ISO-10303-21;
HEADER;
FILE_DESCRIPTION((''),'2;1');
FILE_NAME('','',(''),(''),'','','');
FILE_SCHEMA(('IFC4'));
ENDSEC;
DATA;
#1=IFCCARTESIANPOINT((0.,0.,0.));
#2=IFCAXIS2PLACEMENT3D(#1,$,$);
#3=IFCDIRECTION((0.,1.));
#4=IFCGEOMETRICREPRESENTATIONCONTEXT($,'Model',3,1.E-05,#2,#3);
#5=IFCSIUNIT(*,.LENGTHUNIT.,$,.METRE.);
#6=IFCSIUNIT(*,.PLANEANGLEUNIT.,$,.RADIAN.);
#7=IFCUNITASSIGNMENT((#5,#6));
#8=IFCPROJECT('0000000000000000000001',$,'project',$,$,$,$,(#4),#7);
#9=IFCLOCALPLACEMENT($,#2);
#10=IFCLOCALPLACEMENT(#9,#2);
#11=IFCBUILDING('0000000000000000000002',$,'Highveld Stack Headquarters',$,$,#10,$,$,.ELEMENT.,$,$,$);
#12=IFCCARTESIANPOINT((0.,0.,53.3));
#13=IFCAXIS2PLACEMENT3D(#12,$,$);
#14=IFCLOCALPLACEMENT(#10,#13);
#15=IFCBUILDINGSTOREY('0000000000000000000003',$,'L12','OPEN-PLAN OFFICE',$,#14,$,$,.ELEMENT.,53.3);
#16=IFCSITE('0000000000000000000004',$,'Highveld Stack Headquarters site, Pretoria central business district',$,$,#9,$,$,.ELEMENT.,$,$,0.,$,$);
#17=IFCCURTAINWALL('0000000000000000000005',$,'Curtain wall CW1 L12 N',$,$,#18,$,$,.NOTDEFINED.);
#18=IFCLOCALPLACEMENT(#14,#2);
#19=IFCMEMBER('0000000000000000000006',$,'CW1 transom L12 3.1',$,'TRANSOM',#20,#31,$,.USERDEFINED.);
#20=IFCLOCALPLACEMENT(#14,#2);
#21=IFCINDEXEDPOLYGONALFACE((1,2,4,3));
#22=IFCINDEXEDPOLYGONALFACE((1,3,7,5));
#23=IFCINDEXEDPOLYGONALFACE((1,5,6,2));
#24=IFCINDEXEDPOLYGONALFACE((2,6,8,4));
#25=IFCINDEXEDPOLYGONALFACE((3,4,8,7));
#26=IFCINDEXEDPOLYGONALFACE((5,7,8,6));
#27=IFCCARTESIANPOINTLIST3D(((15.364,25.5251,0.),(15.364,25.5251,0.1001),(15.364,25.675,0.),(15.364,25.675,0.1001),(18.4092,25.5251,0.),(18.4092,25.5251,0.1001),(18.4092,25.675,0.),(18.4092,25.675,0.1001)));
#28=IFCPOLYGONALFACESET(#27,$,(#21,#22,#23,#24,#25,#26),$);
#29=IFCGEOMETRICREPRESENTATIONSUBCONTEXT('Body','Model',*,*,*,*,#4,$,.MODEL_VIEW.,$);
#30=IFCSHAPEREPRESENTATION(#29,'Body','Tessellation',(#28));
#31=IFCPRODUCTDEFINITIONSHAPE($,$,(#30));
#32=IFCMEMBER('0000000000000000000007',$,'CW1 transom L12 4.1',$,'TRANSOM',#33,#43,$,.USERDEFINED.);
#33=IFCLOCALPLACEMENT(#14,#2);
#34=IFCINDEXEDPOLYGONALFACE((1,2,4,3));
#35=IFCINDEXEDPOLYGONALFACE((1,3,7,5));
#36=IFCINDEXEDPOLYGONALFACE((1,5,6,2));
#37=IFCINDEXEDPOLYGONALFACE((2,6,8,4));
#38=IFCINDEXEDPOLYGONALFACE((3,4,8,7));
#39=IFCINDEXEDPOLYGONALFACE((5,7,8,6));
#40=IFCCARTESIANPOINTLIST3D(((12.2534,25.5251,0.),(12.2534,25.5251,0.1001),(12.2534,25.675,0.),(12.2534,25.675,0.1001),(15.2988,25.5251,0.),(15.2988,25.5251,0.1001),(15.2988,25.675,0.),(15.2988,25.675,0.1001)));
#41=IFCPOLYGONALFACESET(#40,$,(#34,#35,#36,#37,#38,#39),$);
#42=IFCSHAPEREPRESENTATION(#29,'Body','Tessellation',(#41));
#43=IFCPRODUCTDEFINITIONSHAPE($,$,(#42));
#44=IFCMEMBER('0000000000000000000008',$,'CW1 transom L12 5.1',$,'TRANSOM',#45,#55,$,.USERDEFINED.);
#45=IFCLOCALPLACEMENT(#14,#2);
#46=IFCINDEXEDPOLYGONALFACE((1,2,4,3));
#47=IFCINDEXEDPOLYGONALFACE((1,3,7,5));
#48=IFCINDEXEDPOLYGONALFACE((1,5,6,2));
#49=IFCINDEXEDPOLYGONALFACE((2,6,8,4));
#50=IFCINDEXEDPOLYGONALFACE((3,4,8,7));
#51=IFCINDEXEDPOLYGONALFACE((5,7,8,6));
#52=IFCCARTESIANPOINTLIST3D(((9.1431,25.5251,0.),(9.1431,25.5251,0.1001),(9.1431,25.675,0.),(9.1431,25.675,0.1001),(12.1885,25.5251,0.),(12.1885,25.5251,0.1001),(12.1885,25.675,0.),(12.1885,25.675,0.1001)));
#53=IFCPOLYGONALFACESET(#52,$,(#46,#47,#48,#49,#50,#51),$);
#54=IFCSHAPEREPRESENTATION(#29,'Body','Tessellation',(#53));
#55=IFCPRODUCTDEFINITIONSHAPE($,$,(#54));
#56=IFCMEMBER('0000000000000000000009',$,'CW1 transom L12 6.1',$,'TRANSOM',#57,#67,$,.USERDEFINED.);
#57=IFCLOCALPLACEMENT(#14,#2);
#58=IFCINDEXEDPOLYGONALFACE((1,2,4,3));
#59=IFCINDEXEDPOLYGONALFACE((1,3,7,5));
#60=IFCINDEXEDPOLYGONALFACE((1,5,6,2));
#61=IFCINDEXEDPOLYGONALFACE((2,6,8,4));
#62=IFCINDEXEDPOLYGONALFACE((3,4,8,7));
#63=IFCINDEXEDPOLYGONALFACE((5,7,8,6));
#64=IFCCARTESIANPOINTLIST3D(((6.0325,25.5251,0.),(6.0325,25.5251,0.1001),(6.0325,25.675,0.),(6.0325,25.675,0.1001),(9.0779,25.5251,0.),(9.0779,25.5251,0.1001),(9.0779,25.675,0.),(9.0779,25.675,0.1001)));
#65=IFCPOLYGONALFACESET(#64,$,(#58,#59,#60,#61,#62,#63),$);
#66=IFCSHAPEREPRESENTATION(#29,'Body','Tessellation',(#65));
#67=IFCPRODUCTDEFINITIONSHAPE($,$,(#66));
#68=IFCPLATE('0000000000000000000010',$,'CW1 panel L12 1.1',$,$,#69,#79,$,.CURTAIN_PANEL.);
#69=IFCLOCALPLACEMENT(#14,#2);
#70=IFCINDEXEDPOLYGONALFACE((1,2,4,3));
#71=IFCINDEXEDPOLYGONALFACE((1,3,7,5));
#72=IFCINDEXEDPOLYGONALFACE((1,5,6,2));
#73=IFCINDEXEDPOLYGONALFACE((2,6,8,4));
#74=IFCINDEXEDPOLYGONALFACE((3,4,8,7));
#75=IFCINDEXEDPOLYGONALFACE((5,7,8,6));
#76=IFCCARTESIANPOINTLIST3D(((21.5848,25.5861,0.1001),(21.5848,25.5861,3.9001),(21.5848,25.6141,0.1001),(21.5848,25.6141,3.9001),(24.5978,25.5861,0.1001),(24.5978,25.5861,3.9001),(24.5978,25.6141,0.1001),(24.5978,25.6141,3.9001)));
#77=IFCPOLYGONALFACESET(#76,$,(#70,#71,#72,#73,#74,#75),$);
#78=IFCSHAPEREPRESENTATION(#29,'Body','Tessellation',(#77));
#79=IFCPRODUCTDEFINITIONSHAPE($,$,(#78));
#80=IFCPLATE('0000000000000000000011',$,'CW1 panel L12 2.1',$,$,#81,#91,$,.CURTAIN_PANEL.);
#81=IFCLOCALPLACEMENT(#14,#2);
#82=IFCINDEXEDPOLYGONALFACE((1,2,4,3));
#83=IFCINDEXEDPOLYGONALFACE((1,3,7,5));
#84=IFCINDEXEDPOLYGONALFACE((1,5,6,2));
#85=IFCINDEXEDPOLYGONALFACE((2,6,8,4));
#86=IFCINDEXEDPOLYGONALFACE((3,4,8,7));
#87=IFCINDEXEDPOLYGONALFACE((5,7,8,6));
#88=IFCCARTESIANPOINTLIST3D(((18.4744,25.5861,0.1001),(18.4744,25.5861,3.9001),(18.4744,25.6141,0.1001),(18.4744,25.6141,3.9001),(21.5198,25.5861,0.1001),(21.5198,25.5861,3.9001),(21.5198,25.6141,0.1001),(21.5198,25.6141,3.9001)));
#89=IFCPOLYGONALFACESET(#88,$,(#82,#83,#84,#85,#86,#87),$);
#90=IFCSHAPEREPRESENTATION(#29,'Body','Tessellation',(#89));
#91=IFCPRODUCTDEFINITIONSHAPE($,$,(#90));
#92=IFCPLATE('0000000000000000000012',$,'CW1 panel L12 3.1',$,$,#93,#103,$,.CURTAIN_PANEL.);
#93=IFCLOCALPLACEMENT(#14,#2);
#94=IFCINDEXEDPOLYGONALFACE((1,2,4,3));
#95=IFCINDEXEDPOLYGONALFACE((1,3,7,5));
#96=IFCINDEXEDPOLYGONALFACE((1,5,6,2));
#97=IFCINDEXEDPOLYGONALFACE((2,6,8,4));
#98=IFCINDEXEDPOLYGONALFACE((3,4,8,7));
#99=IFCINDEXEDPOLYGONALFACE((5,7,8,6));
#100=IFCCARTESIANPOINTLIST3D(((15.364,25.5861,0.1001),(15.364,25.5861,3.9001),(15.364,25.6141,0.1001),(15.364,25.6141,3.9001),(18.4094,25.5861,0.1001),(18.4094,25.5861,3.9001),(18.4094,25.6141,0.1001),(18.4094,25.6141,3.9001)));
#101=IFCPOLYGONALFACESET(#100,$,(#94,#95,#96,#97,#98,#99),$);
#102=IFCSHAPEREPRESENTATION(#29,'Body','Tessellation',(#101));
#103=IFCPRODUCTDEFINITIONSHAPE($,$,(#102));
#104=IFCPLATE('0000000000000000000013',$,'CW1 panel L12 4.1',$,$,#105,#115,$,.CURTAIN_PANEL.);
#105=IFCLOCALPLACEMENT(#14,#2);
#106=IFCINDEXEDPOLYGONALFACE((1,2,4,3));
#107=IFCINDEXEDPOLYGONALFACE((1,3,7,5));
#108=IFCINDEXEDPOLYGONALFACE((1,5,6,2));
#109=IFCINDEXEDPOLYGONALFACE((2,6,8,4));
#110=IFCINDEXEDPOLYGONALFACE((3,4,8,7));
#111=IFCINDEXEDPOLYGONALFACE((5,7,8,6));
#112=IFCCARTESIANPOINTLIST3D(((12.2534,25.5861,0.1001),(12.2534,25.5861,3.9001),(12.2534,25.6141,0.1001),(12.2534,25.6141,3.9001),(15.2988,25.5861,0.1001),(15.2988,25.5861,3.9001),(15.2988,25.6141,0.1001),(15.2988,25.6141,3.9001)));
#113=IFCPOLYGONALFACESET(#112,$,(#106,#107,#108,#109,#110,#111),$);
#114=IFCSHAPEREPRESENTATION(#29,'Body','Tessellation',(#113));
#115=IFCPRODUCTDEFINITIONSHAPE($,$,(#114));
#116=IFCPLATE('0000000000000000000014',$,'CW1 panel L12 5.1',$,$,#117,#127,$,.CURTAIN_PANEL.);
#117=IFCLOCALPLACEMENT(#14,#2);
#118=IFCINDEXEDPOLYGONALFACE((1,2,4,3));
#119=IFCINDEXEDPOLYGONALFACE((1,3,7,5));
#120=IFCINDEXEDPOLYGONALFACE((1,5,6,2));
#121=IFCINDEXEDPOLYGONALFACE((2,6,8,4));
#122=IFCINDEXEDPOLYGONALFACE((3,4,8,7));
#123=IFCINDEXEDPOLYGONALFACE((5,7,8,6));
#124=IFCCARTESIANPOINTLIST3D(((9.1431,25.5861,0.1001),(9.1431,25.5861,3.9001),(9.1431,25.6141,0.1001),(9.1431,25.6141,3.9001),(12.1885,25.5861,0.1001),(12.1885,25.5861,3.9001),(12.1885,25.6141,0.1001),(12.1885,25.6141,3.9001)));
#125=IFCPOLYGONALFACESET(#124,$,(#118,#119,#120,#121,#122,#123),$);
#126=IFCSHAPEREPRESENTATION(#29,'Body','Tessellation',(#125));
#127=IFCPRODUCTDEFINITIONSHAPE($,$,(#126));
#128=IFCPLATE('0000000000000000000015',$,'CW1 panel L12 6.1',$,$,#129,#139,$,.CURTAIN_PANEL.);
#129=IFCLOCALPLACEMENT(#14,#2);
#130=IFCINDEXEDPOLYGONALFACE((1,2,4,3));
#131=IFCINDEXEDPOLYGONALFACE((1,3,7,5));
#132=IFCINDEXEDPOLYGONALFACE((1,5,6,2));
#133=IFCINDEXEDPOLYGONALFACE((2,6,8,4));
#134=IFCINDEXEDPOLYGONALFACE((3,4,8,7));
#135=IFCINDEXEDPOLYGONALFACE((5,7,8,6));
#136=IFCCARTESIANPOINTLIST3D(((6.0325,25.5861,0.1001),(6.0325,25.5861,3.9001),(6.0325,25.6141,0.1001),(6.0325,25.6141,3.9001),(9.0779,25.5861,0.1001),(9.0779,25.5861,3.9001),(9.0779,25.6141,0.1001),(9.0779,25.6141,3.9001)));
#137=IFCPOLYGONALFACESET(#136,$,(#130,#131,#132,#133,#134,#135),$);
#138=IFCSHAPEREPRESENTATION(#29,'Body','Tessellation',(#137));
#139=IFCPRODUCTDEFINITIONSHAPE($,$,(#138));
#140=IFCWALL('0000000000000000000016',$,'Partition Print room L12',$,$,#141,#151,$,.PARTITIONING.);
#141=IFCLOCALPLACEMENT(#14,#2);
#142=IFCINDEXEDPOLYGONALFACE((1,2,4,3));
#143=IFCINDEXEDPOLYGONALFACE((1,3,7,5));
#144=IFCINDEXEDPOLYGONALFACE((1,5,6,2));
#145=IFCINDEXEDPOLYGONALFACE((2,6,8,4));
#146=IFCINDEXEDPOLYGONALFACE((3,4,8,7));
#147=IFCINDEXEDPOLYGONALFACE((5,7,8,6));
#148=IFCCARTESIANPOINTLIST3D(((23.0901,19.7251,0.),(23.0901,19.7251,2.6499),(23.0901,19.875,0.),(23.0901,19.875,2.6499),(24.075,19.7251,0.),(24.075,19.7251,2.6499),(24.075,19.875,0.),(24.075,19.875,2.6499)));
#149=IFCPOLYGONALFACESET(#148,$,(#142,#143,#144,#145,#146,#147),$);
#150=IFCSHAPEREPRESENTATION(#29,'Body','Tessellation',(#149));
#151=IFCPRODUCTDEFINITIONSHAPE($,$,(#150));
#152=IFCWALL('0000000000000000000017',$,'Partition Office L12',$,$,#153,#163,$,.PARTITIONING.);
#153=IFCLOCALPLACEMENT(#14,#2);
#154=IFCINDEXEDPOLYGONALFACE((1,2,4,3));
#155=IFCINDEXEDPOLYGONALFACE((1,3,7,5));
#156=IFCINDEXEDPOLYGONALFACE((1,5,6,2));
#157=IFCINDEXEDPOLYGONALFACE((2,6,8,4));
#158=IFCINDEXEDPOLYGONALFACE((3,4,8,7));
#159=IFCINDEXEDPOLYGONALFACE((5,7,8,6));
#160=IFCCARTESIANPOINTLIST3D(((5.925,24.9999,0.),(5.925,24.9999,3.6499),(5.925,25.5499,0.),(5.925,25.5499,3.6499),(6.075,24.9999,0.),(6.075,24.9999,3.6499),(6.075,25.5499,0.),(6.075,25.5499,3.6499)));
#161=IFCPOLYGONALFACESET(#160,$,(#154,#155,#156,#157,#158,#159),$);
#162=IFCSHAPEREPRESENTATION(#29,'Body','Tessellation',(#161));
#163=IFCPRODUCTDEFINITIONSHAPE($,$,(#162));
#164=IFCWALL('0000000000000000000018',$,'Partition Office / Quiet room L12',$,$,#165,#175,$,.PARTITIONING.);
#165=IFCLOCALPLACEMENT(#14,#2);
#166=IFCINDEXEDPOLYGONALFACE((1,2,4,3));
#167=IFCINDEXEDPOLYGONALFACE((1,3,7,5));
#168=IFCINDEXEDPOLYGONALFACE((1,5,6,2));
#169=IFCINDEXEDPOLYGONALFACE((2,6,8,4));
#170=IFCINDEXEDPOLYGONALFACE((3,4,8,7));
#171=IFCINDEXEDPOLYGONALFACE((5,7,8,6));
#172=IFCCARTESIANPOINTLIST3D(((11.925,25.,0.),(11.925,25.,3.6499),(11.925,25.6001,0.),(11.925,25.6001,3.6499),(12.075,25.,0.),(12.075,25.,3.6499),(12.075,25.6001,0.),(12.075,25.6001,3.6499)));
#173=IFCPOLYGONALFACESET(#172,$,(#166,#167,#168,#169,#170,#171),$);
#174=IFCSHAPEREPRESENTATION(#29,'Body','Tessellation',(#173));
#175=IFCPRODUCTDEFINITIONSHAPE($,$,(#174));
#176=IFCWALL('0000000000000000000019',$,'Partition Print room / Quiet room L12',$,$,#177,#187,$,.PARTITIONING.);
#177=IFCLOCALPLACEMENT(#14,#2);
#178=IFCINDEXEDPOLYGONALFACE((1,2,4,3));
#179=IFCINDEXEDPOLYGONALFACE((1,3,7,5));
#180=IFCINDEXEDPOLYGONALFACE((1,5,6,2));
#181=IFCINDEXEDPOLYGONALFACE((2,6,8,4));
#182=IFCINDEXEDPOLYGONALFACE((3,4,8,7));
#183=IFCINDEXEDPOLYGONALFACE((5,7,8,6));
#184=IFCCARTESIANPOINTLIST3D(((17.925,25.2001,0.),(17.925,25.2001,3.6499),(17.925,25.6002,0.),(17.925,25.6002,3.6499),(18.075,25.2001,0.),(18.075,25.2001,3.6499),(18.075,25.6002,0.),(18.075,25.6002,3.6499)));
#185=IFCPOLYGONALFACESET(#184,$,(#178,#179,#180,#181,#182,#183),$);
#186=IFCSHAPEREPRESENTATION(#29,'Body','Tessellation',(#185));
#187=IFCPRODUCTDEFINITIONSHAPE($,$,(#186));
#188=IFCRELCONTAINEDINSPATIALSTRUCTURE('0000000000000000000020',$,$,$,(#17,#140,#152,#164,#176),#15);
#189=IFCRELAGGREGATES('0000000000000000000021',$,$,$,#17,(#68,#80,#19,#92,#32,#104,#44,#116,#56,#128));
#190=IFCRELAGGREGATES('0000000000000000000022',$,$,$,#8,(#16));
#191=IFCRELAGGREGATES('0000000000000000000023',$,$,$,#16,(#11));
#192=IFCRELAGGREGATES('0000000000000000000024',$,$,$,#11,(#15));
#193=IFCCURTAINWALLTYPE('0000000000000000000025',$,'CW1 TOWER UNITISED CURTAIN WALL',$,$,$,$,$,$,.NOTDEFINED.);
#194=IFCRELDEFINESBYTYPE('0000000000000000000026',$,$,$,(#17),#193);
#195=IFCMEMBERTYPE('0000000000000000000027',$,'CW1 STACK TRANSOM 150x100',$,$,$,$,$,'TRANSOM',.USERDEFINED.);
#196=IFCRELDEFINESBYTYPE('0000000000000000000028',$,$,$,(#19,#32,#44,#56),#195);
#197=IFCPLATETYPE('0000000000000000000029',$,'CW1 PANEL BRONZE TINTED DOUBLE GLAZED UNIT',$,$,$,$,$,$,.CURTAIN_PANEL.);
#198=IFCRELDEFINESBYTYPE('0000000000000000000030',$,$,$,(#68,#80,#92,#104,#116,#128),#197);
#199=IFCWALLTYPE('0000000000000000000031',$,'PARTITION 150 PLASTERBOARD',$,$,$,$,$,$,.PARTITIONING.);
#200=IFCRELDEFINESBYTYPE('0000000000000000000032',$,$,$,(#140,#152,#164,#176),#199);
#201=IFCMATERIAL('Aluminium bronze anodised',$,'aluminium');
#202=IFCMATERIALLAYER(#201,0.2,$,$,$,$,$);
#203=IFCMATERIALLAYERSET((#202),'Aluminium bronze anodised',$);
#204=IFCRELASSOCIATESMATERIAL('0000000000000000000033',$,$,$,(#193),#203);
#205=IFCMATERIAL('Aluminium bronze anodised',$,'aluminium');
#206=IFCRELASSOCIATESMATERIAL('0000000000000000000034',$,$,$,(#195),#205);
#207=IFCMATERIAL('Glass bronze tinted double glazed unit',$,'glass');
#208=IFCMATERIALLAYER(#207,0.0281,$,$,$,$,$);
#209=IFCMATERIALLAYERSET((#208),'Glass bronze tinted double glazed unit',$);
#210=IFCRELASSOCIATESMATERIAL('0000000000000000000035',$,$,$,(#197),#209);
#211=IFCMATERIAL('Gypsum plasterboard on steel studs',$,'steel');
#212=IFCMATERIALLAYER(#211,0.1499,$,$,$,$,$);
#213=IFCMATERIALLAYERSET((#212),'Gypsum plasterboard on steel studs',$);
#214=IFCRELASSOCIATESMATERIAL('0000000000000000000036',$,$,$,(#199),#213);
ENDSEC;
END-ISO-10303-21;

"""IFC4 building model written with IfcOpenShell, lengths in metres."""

from ifc_helpers import new_model, si_unit, direction, frame, frame_2d, origin, origin_2d, place, context, subcontext, project, spatial, rectangle, extrude, material, layer, layer_set, material_profile, profile_set, type_object, element, aggregate, save


model = new_model("IFC4")

# Units and contexts
model_context = context("Model", 3, precision=1e-05, world=origin(), true_north=direction((0.0, 1.0)))
body_context = subcontext(model_context, "Body", "Model", "MODEL_VIEW")
ifc_project = project(units=[si_unit("LENGTHUNIT", "METRE"), si_unit("PLANEANGLEUNIT", "RADIAN")], contexts=[model_context])

# Site, building, storey
site_placement = place(None, origin())
site = spatial("IfcSite", under=ifc_project, at=site_placement, Name="Highveld Stack Headquarters site, Pretoria central business district", CompositionType="ELEMENT", RefElevation=0.0)
building_placement = place(site_placement, origin())
building = spatial("IfcBuilding", under=site, at=building_placement, Name="Highveld Stack Headquarters", CompositionType="ELEMENT")
storey_placement = place(building_placement, frame((0.0, 0.0, 53.3)))
storey = spatial("IfcBuildingStorey", under=building, at=storey_placement, Name="L12", Description="OPEN-PLAN OFFICE", CompositionType="ELEMENT", Elevation=53.3)

# Curtain wall, members, plates
ifc_material_1 = material(Name="Aluminium bronze anodised", Category="aluminium")
ifc_layer_1 = layer(ifc_material_1, 0.2)
ifc_layer_set_1 = layer_set([ifc_layer_1], Name="Aluminium bronze anodised")
curtain_wall_type = type_object("IfcCurtainWallType", Name="CW1 TOWER UNITISED CURTAIN WALL", PredefinedType="NOTDEFINED", material=ifc_layer_set_1)
curtain_wall_placement = place(storey_placement, origin())
curtain_wall = element("IfcCurtainWall", 1, at=curtain_wall_placement, inside=storey, type_object=curtain_wall_type, Name="Curtain wall CW1 L12 N", PredefinedType="NOTDEFINED")
ifc_material_2 = material(Name="Aluminium bronze anodised", Category="aluminium")
ifc_material_profile_1 = material_profile(ifc_material_2, rectangle(XDim=0.1499, YDim=0.1001, at=origin_2d()), Name="CW1 TRANSOM 150x100")
ifc_profile_set_1 = profile_set([ifc_material_profile_1], Name="Aluminium bronze anodised")
member_type_1 = type_object("IfcMemberType", Name="CW1 STACK TRANSOM 150x100", ElementType="TRANSOM", PredefinedType="USERDEFINED", material=ifc_profile_set_1)
member_1_placement = place(storey_placement, frame((18.4092, 25.6001, 0.05), z_axis=(-1.0, 0.0, 0.0), x_axis=(0.0, -1.0, 0.0)))
member_1 = element("IfcMember", 2, at=member_1_placement, type_object=member_type_1, Name="CW1 transom L12 3.1", ObjectType="TRANSOM", PredefinedType="USERDEFINED", context=body_context, shape_type="SweptSolid", body=[
    extrude(rectangle(XDim=0.1499, YDim=0.1001, at=origin_2d()), origin(), (0.0, 0.0, 1.0), 3.0452),
])
member_2_placement = place(storey_placement, frame((15.2988, 25.6001, 0.05), z_axis=(-1.0, 0.0, 0.0), x_axis=(0.0, -1.0, 0.0)))
member_2 = element("IfcMember", 3, at=member_2_placement, type_object=member_type_1, Name="CW1 transom L12 4.1", ObjectType="TRANSOM", PredefinedType="USERDEFINED", context=body_context, shape_type="SweptSolid", body=[
    extrude(rectangle(XDim=0.1499, YDim=0.1001, at=origin_2d()), origin(), (0.0, 0.0, 1.0), 3.0454),
])
member_3_placement = place(storey_placement, frame((12.1885, 25.6001, 0.05), z_axis=(-1.0, 0.0, 0.0), x_axis=(0.0, -1.0, 0.0)))
member_3 = element("IfcMember", 4, at=member_3_placement, type_object=member_type_1, Name="CW1 transom L12 5.1", ObjectType="TRANSOM", PredefinedType="USERDEFINED", context=body_context, shape_type="SweptSolid", body=[
    extrude(rectangle(XDim=0.1499, YDim=0.1001, at=origin_2d()), origin(), (0.0, 0.0, 1.0), 3.0454),
])
member_4_placement = place(storey_placement, frame((9.0779, 25.6001, 0.05), z_axis=(-1.0, 0.0, 0.0), x_axis=(0.0, -1.0, 0.0)))
member_4 = element("IfcMember", 5, at=member_4_placement, type_object=member_type_1, Name="CW1 transom L12 6.1", ObjectType="TRANSOM", PredefinedType="USERDEFINED", context=body_context, shape_type="SweptSolid", body=[
    extrude(rectangle(XDim=0.1499, YDim=0.1001, at=origin_2d()), origin(), (0.0, 0.0, 1.0), 3.0454),
])
ifc_material_3 = material(Name="Glass bronze tinted double glazed unit", Category="glass")
ifc_layer_2 = layer(ifc_material_3, 0.0281)
ifc_layer_set_2 = layer_set([ifc_layer_2], Name="Glass bronze tinted double glazed unit")
plate_type = type_object("IfcPlateType", Name="CW1 PANEL BRONZE TINTED DOUBLE GLAZED UNIT", PredefinedType="CURTAIN_PANEL", material=ifc_layer_set_2)
plate_1_placement = place(storey_placement, frame((23.0913, 25.6001, 0.1001), z_axis=(0.0, 0.0, 1.0), x_axis=(-1.0, 0.0, 0.0)))
plate_1 = element("IfcPlate", 6, at=plate_1_placement, type_object=plate_type, Name="CW1 panel L12 1.1", PredefinedType="CURTAIN_PANEL", context=body_context, shape_type="SweptSolid", body=[
    extrude(rectangle(XDim=3.0129, YDim=0.0281, at=origin_2d()), origin(), (0.0, 0.0, 1.0), 3.8),
])
plate_2_placement = place(storey_placement, frame((19.9971, 25.6001, 0.1001), z_axis=(0.0, 0.0, 1.0), x_axis=(-1.0, 0.0, 0.0)))
plate_2 = element("IfcPlate", 7, at=plate_2_placement, type_object=plate_type, Name="CW1 panel L12 2.1", PredefinedType="CURTAIN_PANEL", context=body_context, shape_type="SweptSolid", body=[
    extrude(rectangle(XDim=3.0454, YDim=0.0281, at=origin_2d()), origin(), (0.0, 0.0, 1.0), 3.8),
])
plate_3_placement = place(storey_placement, frame((16.8867, 25.6001, 0.1001), z_axis=(0.0, 0.0, 1.0), x_axis=(-1.0, 0.0, 0.0)))
plate_3 = element("IfcPlate", 8, at=plate_3_placement, type_object=plate_type, Name="CW1 panel L12 3.1", PredefinedType="CURTAIN_PANEL", context=body_context, shape_type="SweptSolid", body=[
    extrude(rectangle(XDim=3.0454, YDim=0.0281, at=origin_2d()), origin(), (0.0, 0.0, 1.0), 3.8),
])
plate_4_placement = place(storey_placement, frame((13.7761, 25.6001, 0.1001), z_axis=(0.0, 0.0, 1.0), x_axis=(-1.0, 0.0, 0.0)))
plate_4 = element("IfcPlate", 9, at=plate_4_placement, type_object=plate_type, Name="CW1 panel L12 4.1", PredefinedType="CURTAIN_PANEL", context=body_context, shape_type="SweptSolid", body=[
    extrude(rectangle(XDim=3.0454, YDim=0.0281, at=origin_2d()), origin(), (0.0, 0.0, 1.0), 3.8),
])
plate_5_placement = place(storey_placement, frame((10.6658, 25.6001, 0.1001), z_axis=(0.0, 0.0, 1.0), x_axis=(-1.0, 0.0, 0.0)))
plate_5 = element("IfcPlate", 10, at=plate_5_placement, type_object=plate_type, Name="CW1 panel L12 5.1", PredefinedType="CURTAIN_PANEL", context=body_context, shape_type="SweptSolid", body=[
    extrude(rectangle(XDim=3.0454, YDim=0.0281, at=origin_2d()), origin(), (0.0, 0.0, 1.0), 3.8),
])
plate_6_placement = place(storey_placement, frame((7.5552, 25.6001, 0.1001), z_axis=(0.0, 0.0, 1.0), x_axis=(-1.0, 0.0, 0.0)))
plate_6 = element("IfcPlate", 11, at=plate_6_placement, type_object=plate_type, Name="CW1 panel L12 6.1", PredefinedType="CURTAIN_PANEL", context=body_context, shape_type="SweptSolid", body=[
    extrude(rectangle(XDim=3.0454, YDim=0.0281, at=origin_2d()), origin(), (0.0, 0.0, 1.0), 3.8),
])
aggregate(curtain_wall, [plate_1, plate_2, member_1, plate_3, member_2, plate_4, member_3, plate_5, member_4, plate_6])

# Walls
ifc_material_4 = material(Name="Gypsum plasterboard on steel studs", Category="steel")
ifc_layer_3 = layer(ifc_material_4, 0.1499)
ifc_layer_set_3 = layer_set([ifc_layer_3], Name="Gypsum plasterboard on steel studs")
wall_type = type_object("IfcWallType", Name="PARTITION 150 PLASTERBOARD", PredefinedType="PARTITIONING", material=ifc_layer_set_3)
wall_1_placement = place(storey_placement, frame((23.0901, 19.8, 0.0), z_axis=(0.0, 0.0, 1.0), x_axis=(1.0, 0.0, 0.0)))
element("IfcWall", 12, at=wall_1_placement, inside=storey, type_object=wall_type, Name="Partition Print room L12", PredefinedType="PARTITIONING", context=body_context, shape_type="SweptSolid", body=[
    extrude(rectangle(XDim=0.9849, YDim=0.1499, at=frame_2d((0.4924, 0.0))), origin(), (0.0, 0.0, 1.0), 2.6499),
])
wall_2_placement = place(storey_placement, frame((6.0, 25.0, 0.0), z_axis=(0.0, 0.0, 1.0), x_axis=(0.0, 1.0, 0.0)))
element("IfcWall", 13, at=wall_2_placement, inside=storey, type_object=wall_type, Name="Partition Office L12", PredefinedType="PARTITIONING", context=body_context, shape_type="SweptSolid", body=[
    extrude(rectangle(XDim=0.55, YDim=0.1499, at=frame_2d((0.2749, 0.0))), origin(), (0.0, 0.0, 1.0), 3.6499),
])
wall_3_placement = place(storey_placement, frame((12.0, 25.0, 0.0), z_axis=(0.0, 0.0, 1.0), x_axis=(0.0, 1.0, 0.0)))
element("IfcWall", 14, at=wall_3_placement, inside=storey, type_object=wall_type, Name="Partition Office / Quiet room L12", PredefinedType="PARTITIONING", context=body_context, shape_type="SweptSolid", body=[
    extrude(rectangle(XDim=0.6001, YDim=0.1499, at=frame_2d((0.3, 0.0))), origin(), (0.0, 0.0, 1.0), 3.6499),
])
wall_4_placement = place(storey_placement, frame((18.0, 25.2, 0.0), z_axis=(0.0, 0.0, 1.0), x_axis=(0.0, 1.0, 0.0)))
element("IfcWall", 15, at=wall_4_placement, inside=storey, type_object=wall_type, Name="Partition Print room / Quiet room L12", PredefinedType="PARTITIONING", context=body_context, shape_type="SweptSolid", body=[
    extrude(rectangle(XDim=0.4001, YDim=0.1499, at=frame_2d((0.2002, 0.0))), origin(), (0.0, 0.0, 1.0), 3.6499),
])

save(model, "model.ifc")
